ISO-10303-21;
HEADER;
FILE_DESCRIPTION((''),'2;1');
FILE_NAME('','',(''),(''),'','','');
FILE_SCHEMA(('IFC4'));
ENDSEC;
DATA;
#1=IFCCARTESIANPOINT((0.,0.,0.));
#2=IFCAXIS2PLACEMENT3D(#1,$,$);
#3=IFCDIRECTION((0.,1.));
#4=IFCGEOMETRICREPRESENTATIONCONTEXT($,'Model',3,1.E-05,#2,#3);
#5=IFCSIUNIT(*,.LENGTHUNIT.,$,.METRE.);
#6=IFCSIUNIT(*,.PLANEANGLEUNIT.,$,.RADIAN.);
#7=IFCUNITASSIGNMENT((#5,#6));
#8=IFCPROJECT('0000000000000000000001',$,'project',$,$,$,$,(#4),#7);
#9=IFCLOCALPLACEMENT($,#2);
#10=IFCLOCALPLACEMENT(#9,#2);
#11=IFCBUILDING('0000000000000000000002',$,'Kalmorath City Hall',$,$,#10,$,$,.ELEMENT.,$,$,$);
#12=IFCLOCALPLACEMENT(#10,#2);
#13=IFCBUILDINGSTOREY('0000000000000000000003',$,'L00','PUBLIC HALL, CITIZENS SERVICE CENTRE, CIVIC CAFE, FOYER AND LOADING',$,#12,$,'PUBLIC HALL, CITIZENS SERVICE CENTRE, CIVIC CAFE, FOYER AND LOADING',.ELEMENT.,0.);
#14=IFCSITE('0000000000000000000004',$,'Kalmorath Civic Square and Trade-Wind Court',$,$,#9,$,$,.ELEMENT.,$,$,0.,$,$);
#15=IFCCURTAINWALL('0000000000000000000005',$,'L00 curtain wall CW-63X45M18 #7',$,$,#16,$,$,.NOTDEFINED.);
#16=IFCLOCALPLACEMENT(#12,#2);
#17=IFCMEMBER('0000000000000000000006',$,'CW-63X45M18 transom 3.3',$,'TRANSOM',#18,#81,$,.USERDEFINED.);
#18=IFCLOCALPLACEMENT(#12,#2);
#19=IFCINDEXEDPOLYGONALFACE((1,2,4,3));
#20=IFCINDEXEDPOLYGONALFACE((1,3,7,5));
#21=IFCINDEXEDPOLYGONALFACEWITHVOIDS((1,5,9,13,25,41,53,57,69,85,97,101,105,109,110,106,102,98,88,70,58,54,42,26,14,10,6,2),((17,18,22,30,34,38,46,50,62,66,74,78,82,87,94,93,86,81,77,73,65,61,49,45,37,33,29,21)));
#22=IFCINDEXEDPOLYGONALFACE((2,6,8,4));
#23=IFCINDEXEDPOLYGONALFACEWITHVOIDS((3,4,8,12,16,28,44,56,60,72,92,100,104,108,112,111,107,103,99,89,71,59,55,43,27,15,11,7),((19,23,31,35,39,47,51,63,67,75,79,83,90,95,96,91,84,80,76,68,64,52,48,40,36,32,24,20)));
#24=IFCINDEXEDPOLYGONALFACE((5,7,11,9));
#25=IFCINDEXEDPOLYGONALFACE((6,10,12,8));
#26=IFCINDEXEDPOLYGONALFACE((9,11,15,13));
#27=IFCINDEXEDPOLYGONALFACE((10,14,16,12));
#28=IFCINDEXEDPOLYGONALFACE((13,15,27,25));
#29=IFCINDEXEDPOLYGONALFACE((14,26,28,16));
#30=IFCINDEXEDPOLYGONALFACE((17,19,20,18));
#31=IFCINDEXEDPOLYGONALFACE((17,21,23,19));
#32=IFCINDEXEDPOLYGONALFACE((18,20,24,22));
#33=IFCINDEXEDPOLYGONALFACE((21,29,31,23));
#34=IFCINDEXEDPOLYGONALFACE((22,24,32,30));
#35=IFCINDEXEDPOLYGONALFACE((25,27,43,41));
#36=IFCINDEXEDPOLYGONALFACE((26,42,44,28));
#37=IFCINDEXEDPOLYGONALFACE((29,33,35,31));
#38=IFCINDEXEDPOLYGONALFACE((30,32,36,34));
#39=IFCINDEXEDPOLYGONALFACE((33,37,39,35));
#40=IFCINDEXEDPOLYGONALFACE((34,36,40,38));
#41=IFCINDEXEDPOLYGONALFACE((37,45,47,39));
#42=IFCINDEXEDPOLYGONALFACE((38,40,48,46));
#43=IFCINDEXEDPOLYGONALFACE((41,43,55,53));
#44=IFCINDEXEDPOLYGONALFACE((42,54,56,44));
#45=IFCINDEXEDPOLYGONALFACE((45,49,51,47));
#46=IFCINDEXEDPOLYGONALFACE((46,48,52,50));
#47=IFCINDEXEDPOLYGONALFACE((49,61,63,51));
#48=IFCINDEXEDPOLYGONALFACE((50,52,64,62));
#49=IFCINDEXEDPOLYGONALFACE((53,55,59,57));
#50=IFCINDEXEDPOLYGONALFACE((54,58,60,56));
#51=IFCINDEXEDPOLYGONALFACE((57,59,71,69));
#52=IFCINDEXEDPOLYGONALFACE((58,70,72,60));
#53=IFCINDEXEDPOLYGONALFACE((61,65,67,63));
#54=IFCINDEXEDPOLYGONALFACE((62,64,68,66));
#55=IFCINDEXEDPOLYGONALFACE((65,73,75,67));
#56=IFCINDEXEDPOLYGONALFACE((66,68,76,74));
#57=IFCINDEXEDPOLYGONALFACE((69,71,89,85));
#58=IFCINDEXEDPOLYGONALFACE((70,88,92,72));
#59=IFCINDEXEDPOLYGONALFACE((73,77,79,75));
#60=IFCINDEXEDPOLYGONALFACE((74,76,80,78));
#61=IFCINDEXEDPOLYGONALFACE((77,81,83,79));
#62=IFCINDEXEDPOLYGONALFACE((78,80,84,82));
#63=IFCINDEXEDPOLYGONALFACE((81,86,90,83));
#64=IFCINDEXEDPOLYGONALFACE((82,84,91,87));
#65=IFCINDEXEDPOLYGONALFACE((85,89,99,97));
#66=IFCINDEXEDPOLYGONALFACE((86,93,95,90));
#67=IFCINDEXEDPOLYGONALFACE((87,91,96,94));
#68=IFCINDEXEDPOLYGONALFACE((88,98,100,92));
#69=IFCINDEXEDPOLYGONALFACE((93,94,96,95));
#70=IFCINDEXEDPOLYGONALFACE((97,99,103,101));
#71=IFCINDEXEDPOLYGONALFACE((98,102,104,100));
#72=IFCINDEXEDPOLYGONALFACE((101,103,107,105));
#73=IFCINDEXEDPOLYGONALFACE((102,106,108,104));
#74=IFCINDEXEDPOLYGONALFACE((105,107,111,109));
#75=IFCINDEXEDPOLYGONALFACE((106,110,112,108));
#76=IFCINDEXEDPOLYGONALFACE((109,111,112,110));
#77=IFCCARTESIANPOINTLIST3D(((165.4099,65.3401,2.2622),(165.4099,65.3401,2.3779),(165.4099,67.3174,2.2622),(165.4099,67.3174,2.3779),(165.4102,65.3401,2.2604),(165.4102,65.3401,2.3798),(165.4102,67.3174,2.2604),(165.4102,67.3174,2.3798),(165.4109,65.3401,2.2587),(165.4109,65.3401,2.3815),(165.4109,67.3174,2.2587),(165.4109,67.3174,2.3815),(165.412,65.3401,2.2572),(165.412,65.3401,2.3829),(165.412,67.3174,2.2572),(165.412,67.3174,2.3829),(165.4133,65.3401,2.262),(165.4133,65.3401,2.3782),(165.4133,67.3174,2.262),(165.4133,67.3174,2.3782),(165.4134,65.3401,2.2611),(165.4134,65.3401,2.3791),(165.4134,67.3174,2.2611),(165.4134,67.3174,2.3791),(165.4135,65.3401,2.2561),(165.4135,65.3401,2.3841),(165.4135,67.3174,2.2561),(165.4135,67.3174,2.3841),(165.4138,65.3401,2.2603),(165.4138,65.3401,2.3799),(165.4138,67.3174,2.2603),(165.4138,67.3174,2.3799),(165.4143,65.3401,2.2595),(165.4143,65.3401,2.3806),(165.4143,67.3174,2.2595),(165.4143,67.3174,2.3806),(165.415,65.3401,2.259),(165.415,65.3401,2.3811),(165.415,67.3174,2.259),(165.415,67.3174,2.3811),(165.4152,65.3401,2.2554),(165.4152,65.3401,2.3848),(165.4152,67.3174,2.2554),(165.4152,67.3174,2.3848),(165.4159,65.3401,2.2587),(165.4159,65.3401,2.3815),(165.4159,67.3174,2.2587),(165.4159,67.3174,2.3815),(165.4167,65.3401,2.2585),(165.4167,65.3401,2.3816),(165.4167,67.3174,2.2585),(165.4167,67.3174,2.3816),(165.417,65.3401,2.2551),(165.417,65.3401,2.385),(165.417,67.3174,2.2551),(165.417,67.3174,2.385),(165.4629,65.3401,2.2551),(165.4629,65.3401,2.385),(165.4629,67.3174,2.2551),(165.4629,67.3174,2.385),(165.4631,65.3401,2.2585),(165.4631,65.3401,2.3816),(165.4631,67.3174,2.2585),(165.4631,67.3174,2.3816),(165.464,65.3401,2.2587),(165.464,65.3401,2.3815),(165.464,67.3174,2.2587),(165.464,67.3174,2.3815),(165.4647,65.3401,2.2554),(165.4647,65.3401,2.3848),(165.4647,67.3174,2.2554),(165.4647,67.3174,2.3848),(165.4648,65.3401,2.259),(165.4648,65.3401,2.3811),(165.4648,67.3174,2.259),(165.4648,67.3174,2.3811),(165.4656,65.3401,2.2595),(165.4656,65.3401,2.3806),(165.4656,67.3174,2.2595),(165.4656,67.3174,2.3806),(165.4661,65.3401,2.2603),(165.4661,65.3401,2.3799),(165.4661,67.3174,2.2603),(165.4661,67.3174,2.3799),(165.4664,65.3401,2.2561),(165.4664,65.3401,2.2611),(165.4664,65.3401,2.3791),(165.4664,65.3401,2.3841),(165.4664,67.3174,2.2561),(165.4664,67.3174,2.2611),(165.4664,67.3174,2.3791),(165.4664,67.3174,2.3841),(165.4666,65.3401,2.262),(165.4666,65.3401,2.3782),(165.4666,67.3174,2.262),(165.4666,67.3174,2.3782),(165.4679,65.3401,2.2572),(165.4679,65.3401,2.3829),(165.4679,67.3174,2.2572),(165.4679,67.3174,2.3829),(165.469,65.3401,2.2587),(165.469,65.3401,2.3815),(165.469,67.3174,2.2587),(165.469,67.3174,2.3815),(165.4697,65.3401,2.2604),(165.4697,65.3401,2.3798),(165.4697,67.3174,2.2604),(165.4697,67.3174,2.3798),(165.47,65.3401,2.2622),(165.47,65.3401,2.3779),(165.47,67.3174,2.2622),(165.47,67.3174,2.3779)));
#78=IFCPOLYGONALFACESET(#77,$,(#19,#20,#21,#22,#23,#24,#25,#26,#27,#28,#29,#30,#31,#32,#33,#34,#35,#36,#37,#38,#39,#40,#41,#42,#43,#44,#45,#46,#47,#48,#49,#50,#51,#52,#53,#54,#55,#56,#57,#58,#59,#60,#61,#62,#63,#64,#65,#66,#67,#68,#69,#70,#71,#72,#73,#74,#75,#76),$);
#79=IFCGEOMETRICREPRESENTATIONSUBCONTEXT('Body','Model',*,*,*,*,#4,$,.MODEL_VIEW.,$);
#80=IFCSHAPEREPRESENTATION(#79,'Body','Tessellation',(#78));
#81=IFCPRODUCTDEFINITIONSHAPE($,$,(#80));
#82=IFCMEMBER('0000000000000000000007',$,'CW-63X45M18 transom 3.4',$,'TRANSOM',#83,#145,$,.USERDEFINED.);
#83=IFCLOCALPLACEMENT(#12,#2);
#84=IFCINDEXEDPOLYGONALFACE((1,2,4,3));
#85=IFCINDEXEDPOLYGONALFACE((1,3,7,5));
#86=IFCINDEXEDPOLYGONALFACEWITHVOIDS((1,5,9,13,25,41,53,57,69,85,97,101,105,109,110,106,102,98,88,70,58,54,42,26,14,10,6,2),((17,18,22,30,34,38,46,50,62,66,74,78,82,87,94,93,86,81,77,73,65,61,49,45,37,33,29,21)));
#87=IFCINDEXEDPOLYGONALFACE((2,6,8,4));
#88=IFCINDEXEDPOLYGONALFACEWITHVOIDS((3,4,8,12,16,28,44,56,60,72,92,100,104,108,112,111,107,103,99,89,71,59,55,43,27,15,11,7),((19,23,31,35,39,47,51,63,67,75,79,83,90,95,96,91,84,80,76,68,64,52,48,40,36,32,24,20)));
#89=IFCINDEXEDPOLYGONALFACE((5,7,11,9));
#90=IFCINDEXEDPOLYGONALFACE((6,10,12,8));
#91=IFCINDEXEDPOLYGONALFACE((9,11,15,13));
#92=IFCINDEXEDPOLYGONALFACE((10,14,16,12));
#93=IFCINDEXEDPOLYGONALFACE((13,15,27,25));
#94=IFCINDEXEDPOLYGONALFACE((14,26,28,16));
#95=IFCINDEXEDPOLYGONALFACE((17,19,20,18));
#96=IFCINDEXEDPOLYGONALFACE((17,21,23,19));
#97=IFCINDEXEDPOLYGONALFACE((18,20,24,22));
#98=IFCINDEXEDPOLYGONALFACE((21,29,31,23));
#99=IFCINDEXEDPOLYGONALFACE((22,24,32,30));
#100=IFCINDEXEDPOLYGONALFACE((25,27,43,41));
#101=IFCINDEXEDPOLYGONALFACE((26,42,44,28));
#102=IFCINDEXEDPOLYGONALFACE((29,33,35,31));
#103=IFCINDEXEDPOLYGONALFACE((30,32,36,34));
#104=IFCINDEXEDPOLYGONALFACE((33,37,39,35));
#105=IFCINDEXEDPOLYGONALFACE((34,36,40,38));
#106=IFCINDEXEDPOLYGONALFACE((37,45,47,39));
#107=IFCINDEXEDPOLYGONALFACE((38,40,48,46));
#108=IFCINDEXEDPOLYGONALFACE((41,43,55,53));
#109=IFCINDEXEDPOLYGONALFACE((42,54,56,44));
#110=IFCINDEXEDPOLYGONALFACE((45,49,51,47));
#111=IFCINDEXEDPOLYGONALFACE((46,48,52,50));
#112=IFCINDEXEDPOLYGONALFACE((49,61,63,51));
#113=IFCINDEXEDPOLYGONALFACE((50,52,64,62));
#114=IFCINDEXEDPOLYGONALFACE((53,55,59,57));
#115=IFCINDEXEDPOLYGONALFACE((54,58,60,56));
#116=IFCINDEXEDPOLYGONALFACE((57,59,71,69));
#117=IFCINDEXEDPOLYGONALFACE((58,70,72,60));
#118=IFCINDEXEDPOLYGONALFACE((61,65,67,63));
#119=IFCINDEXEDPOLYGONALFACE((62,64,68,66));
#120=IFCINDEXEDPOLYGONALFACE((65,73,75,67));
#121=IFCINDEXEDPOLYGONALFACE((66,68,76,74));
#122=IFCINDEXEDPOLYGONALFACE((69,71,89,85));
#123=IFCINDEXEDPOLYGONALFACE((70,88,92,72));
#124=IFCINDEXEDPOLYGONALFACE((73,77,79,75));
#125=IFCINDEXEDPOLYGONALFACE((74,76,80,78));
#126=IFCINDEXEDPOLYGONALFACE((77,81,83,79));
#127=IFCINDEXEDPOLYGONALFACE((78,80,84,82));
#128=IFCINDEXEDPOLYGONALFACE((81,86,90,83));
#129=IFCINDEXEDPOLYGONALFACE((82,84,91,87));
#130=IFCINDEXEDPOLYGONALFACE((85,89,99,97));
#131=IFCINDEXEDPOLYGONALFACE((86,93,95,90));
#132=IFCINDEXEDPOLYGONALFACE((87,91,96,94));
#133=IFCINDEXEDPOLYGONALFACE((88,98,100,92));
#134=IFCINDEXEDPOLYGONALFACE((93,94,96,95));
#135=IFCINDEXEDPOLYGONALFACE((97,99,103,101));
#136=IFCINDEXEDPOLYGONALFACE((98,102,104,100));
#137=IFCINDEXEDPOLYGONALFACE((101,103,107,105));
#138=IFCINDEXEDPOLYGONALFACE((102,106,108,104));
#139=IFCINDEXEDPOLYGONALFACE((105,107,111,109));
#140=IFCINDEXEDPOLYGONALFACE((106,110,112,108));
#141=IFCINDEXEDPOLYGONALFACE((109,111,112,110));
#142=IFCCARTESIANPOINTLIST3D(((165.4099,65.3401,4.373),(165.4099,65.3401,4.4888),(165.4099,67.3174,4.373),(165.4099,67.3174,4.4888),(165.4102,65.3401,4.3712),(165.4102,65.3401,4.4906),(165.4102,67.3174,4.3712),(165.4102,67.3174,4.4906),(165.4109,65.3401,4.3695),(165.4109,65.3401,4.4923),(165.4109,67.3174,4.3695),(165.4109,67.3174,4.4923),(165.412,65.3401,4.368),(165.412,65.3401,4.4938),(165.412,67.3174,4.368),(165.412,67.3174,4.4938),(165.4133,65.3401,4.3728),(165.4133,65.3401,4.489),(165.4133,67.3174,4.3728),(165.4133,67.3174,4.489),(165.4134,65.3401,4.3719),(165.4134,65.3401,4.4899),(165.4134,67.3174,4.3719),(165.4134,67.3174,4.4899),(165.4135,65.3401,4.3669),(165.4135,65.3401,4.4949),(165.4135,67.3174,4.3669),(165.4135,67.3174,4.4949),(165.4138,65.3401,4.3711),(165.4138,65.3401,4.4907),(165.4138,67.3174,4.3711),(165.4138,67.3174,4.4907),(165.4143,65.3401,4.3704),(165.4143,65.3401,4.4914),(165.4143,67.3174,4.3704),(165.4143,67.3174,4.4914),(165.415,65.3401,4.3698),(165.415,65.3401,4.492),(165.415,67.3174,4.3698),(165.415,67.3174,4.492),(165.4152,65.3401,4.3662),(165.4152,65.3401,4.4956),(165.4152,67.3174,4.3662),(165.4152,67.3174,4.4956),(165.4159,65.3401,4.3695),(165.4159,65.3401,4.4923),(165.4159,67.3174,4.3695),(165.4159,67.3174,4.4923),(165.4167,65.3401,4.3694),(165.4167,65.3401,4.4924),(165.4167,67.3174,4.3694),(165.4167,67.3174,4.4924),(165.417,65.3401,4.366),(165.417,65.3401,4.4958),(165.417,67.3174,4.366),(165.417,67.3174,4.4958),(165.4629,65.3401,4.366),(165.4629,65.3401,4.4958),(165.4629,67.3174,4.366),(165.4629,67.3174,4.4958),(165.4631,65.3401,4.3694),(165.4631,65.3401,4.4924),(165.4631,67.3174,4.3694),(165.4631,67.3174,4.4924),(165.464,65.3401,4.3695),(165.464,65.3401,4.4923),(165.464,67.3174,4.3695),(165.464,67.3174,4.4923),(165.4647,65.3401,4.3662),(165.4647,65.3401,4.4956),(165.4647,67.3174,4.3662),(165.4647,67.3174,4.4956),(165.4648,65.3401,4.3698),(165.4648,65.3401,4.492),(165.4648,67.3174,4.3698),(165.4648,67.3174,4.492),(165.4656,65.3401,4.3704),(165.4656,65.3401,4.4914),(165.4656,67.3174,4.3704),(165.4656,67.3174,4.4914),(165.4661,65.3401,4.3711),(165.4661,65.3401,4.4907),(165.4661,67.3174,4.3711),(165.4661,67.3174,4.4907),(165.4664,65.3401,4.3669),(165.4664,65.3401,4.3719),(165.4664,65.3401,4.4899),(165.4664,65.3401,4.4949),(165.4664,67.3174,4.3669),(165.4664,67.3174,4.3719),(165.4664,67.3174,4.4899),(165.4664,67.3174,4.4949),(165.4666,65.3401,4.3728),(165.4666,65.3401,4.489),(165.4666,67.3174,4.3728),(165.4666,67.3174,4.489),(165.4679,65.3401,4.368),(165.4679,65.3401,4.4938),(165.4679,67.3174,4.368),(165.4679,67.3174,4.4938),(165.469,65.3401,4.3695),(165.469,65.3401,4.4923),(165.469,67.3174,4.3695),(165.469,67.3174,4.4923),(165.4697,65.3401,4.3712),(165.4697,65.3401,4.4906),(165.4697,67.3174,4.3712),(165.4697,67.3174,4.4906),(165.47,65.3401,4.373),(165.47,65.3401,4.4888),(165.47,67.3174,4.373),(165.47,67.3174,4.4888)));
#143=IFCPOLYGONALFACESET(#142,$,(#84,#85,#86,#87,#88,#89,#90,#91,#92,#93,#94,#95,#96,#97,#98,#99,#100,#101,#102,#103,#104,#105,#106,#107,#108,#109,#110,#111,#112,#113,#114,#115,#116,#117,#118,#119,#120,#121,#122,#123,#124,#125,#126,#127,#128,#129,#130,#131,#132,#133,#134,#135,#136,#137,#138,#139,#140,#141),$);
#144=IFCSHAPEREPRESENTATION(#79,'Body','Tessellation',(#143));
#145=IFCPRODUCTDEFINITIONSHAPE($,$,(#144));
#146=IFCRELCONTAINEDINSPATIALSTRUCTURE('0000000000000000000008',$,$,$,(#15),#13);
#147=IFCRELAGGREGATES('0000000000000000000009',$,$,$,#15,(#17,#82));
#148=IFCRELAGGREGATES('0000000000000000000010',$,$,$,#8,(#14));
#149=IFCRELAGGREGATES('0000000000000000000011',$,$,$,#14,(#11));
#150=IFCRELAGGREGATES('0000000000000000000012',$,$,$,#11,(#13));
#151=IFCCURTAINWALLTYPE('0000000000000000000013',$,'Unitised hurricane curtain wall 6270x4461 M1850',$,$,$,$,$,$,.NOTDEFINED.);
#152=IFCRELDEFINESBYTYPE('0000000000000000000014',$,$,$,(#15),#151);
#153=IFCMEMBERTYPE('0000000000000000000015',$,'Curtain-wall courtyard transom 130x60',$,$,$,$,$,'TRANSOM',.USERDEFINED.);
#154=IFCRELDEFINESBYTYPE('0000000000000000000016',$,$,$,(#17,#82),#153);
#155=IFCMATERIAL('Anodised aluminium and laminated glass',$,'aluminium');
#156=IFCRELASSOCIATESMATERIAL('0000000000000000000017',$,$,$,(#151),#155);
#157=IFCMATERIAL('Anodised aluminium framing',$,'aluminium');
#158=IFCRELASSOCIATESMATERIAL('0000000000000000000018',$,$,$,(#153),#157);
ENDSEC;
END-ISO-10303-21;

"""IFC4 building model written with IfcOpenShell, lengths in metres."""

from ifc_helpers import new_model, si_unit, direction, frame, origin, origin_2d, place, context, subcontext, project, spatial, hollow_rectangle, extrude, material, material_profile, profile_set, type_object, element, aggregate, save


model = new_model("IFC4")

# Units and contexts
model_context = context("Model", 3, precision=1e-05, world=origin(), true_north=direction((0.0, 1.0)))
body_context = subcontext(model_context, "Body", "Model", "MODEL_VIEW")
ifc_project = project(units=[si_unit("LENGTHUNIT", "METRE"), si_unit("PLANEANGLEUNIT", "RADIAN")], contexts=[model_context])

# Site, building, storey
site_placement = place(None, origin())
site = spatial("IfcSite", under=ifc_project, at=site_placement, Name="Kalmorath Civic Square and Trade-Wind Court", CompositionType="ELEMENT", RefElevation=0.0)
building_placement = place(site_placement, origin())
building = spatial("IfcBuilding", under=site, at=building_placement, Name="Kalmorath City Hall", CompositionType="ELEMENT")
storey_placement = place(building_placement, origin())
storey = spatial("IfcBuildingStorey", under=building, at=storey_placement, Name="L00", Description="PUBLIC HALL, CITIZENS SERVICE CENTRE, CIVIC CAFE, FOYER AND LOADING", LongName="PUBLIC HALL, CITIZENS SERVICE CENTRE, CIVIC CAFE, FOYER AND LOADING", CompositionType="ELEMENT", Elevation=0.0)

# Curtain wall, members
ifc_material_1 = material(Name="Anodised aluminium and laminated glass", Category="aluminium")
curtain_wall_type = type_object("IfcCurtainWallType", Name="Unitised hurricane curtain wall 6270x4461 M1850", PredefinedType="NOTDEFINED", material=ifc_material_1)
curtain_wall_placement = place(storey_placement, origin())
curtain_wall = element("IfcCurtainWall", 1, at=curtain_wall_placement, inside=storey, type_object=curtain_wall_type, Name="L00 curtain wall CW-63X45M18 #7", PredefinedType="NOTDEFINED")
ifc_material_2 = material(Name="Anodised aluminium framing", Category="aluminium")
ifc_material_profile_1 = material_profile(ifc_material_2, hollow_rectangle(XDim=0.0601, YDim=0.1299, WallThickness=0.0034, InnerFilletRadius=0.0034, OuterFilletRadius=0.0071, at=origin_2d()), Name="ALU-TRN-130X60X3.5")
ifc_profile_set_1 = profile_set([ifc_material_profile_1], Name="Anodised aluminium framing")
member_type_1 = type_object("IfcMemberType", Name="Curtain-wall courtyard transom 130x60", ElementType="TRANSOM", PredefinedType="USERDEFINED", material=ifc_profile_set_1)
member_1_placement = place(storey_placement, frame((165.4399, 67.3174, 2.3201), z_axis=(0.0, -1.0, 0.0), x_axis=(1.0, 0.0, 0.0)))
member_1 = element("IfcMember", 2, at=member_1_placement, type_object=member_type_1, Name="CW-63X45M18 transom 3.3", ObjectType="TRANSOM", PredefinedType="USERDEFINED", context=body_context, shape_type="SweptSolid", body=[
    extrude(hollow_rectangle(XDim=0.0601, YDim=0.1299, WallThickness=0.0034, InnerFilletRadius=0.0034, OuterFilletRadius=0.0071, at=origin_2d()), origin(), (0.0, 0.0, 1.0), 1.9773),
])
member_2_placement = place(storey_placement, frame((165.4399, 67.3174, 4.4309), z_axis=(0.0, -1.0, 0.0), x_axis=(1.0, 0.0, 0.0)))
member_2 = element("IfcMember", 3, at=member_2_placement, type_object=member_type_1, Name="CW-63X45M18 transom 3.4", ObjectType="TRANSOM", PredefinedType="USERDEFINED", context=body_context, shape_type="SweptSolid", body=[
    extrude(hollow_rectangle(XDim=0.0601, YDim=0.1299, WallThickness=0.0034, InnerFilletRadius=0.0034, OuterFilletRadius=0.0071, at=origin_2d()), origin(), (0.0, 0.0, 1.0), 1.9773),
])
aggregate(curtain_wall, [member_1, member_2])

save(model, "model.ifc")
